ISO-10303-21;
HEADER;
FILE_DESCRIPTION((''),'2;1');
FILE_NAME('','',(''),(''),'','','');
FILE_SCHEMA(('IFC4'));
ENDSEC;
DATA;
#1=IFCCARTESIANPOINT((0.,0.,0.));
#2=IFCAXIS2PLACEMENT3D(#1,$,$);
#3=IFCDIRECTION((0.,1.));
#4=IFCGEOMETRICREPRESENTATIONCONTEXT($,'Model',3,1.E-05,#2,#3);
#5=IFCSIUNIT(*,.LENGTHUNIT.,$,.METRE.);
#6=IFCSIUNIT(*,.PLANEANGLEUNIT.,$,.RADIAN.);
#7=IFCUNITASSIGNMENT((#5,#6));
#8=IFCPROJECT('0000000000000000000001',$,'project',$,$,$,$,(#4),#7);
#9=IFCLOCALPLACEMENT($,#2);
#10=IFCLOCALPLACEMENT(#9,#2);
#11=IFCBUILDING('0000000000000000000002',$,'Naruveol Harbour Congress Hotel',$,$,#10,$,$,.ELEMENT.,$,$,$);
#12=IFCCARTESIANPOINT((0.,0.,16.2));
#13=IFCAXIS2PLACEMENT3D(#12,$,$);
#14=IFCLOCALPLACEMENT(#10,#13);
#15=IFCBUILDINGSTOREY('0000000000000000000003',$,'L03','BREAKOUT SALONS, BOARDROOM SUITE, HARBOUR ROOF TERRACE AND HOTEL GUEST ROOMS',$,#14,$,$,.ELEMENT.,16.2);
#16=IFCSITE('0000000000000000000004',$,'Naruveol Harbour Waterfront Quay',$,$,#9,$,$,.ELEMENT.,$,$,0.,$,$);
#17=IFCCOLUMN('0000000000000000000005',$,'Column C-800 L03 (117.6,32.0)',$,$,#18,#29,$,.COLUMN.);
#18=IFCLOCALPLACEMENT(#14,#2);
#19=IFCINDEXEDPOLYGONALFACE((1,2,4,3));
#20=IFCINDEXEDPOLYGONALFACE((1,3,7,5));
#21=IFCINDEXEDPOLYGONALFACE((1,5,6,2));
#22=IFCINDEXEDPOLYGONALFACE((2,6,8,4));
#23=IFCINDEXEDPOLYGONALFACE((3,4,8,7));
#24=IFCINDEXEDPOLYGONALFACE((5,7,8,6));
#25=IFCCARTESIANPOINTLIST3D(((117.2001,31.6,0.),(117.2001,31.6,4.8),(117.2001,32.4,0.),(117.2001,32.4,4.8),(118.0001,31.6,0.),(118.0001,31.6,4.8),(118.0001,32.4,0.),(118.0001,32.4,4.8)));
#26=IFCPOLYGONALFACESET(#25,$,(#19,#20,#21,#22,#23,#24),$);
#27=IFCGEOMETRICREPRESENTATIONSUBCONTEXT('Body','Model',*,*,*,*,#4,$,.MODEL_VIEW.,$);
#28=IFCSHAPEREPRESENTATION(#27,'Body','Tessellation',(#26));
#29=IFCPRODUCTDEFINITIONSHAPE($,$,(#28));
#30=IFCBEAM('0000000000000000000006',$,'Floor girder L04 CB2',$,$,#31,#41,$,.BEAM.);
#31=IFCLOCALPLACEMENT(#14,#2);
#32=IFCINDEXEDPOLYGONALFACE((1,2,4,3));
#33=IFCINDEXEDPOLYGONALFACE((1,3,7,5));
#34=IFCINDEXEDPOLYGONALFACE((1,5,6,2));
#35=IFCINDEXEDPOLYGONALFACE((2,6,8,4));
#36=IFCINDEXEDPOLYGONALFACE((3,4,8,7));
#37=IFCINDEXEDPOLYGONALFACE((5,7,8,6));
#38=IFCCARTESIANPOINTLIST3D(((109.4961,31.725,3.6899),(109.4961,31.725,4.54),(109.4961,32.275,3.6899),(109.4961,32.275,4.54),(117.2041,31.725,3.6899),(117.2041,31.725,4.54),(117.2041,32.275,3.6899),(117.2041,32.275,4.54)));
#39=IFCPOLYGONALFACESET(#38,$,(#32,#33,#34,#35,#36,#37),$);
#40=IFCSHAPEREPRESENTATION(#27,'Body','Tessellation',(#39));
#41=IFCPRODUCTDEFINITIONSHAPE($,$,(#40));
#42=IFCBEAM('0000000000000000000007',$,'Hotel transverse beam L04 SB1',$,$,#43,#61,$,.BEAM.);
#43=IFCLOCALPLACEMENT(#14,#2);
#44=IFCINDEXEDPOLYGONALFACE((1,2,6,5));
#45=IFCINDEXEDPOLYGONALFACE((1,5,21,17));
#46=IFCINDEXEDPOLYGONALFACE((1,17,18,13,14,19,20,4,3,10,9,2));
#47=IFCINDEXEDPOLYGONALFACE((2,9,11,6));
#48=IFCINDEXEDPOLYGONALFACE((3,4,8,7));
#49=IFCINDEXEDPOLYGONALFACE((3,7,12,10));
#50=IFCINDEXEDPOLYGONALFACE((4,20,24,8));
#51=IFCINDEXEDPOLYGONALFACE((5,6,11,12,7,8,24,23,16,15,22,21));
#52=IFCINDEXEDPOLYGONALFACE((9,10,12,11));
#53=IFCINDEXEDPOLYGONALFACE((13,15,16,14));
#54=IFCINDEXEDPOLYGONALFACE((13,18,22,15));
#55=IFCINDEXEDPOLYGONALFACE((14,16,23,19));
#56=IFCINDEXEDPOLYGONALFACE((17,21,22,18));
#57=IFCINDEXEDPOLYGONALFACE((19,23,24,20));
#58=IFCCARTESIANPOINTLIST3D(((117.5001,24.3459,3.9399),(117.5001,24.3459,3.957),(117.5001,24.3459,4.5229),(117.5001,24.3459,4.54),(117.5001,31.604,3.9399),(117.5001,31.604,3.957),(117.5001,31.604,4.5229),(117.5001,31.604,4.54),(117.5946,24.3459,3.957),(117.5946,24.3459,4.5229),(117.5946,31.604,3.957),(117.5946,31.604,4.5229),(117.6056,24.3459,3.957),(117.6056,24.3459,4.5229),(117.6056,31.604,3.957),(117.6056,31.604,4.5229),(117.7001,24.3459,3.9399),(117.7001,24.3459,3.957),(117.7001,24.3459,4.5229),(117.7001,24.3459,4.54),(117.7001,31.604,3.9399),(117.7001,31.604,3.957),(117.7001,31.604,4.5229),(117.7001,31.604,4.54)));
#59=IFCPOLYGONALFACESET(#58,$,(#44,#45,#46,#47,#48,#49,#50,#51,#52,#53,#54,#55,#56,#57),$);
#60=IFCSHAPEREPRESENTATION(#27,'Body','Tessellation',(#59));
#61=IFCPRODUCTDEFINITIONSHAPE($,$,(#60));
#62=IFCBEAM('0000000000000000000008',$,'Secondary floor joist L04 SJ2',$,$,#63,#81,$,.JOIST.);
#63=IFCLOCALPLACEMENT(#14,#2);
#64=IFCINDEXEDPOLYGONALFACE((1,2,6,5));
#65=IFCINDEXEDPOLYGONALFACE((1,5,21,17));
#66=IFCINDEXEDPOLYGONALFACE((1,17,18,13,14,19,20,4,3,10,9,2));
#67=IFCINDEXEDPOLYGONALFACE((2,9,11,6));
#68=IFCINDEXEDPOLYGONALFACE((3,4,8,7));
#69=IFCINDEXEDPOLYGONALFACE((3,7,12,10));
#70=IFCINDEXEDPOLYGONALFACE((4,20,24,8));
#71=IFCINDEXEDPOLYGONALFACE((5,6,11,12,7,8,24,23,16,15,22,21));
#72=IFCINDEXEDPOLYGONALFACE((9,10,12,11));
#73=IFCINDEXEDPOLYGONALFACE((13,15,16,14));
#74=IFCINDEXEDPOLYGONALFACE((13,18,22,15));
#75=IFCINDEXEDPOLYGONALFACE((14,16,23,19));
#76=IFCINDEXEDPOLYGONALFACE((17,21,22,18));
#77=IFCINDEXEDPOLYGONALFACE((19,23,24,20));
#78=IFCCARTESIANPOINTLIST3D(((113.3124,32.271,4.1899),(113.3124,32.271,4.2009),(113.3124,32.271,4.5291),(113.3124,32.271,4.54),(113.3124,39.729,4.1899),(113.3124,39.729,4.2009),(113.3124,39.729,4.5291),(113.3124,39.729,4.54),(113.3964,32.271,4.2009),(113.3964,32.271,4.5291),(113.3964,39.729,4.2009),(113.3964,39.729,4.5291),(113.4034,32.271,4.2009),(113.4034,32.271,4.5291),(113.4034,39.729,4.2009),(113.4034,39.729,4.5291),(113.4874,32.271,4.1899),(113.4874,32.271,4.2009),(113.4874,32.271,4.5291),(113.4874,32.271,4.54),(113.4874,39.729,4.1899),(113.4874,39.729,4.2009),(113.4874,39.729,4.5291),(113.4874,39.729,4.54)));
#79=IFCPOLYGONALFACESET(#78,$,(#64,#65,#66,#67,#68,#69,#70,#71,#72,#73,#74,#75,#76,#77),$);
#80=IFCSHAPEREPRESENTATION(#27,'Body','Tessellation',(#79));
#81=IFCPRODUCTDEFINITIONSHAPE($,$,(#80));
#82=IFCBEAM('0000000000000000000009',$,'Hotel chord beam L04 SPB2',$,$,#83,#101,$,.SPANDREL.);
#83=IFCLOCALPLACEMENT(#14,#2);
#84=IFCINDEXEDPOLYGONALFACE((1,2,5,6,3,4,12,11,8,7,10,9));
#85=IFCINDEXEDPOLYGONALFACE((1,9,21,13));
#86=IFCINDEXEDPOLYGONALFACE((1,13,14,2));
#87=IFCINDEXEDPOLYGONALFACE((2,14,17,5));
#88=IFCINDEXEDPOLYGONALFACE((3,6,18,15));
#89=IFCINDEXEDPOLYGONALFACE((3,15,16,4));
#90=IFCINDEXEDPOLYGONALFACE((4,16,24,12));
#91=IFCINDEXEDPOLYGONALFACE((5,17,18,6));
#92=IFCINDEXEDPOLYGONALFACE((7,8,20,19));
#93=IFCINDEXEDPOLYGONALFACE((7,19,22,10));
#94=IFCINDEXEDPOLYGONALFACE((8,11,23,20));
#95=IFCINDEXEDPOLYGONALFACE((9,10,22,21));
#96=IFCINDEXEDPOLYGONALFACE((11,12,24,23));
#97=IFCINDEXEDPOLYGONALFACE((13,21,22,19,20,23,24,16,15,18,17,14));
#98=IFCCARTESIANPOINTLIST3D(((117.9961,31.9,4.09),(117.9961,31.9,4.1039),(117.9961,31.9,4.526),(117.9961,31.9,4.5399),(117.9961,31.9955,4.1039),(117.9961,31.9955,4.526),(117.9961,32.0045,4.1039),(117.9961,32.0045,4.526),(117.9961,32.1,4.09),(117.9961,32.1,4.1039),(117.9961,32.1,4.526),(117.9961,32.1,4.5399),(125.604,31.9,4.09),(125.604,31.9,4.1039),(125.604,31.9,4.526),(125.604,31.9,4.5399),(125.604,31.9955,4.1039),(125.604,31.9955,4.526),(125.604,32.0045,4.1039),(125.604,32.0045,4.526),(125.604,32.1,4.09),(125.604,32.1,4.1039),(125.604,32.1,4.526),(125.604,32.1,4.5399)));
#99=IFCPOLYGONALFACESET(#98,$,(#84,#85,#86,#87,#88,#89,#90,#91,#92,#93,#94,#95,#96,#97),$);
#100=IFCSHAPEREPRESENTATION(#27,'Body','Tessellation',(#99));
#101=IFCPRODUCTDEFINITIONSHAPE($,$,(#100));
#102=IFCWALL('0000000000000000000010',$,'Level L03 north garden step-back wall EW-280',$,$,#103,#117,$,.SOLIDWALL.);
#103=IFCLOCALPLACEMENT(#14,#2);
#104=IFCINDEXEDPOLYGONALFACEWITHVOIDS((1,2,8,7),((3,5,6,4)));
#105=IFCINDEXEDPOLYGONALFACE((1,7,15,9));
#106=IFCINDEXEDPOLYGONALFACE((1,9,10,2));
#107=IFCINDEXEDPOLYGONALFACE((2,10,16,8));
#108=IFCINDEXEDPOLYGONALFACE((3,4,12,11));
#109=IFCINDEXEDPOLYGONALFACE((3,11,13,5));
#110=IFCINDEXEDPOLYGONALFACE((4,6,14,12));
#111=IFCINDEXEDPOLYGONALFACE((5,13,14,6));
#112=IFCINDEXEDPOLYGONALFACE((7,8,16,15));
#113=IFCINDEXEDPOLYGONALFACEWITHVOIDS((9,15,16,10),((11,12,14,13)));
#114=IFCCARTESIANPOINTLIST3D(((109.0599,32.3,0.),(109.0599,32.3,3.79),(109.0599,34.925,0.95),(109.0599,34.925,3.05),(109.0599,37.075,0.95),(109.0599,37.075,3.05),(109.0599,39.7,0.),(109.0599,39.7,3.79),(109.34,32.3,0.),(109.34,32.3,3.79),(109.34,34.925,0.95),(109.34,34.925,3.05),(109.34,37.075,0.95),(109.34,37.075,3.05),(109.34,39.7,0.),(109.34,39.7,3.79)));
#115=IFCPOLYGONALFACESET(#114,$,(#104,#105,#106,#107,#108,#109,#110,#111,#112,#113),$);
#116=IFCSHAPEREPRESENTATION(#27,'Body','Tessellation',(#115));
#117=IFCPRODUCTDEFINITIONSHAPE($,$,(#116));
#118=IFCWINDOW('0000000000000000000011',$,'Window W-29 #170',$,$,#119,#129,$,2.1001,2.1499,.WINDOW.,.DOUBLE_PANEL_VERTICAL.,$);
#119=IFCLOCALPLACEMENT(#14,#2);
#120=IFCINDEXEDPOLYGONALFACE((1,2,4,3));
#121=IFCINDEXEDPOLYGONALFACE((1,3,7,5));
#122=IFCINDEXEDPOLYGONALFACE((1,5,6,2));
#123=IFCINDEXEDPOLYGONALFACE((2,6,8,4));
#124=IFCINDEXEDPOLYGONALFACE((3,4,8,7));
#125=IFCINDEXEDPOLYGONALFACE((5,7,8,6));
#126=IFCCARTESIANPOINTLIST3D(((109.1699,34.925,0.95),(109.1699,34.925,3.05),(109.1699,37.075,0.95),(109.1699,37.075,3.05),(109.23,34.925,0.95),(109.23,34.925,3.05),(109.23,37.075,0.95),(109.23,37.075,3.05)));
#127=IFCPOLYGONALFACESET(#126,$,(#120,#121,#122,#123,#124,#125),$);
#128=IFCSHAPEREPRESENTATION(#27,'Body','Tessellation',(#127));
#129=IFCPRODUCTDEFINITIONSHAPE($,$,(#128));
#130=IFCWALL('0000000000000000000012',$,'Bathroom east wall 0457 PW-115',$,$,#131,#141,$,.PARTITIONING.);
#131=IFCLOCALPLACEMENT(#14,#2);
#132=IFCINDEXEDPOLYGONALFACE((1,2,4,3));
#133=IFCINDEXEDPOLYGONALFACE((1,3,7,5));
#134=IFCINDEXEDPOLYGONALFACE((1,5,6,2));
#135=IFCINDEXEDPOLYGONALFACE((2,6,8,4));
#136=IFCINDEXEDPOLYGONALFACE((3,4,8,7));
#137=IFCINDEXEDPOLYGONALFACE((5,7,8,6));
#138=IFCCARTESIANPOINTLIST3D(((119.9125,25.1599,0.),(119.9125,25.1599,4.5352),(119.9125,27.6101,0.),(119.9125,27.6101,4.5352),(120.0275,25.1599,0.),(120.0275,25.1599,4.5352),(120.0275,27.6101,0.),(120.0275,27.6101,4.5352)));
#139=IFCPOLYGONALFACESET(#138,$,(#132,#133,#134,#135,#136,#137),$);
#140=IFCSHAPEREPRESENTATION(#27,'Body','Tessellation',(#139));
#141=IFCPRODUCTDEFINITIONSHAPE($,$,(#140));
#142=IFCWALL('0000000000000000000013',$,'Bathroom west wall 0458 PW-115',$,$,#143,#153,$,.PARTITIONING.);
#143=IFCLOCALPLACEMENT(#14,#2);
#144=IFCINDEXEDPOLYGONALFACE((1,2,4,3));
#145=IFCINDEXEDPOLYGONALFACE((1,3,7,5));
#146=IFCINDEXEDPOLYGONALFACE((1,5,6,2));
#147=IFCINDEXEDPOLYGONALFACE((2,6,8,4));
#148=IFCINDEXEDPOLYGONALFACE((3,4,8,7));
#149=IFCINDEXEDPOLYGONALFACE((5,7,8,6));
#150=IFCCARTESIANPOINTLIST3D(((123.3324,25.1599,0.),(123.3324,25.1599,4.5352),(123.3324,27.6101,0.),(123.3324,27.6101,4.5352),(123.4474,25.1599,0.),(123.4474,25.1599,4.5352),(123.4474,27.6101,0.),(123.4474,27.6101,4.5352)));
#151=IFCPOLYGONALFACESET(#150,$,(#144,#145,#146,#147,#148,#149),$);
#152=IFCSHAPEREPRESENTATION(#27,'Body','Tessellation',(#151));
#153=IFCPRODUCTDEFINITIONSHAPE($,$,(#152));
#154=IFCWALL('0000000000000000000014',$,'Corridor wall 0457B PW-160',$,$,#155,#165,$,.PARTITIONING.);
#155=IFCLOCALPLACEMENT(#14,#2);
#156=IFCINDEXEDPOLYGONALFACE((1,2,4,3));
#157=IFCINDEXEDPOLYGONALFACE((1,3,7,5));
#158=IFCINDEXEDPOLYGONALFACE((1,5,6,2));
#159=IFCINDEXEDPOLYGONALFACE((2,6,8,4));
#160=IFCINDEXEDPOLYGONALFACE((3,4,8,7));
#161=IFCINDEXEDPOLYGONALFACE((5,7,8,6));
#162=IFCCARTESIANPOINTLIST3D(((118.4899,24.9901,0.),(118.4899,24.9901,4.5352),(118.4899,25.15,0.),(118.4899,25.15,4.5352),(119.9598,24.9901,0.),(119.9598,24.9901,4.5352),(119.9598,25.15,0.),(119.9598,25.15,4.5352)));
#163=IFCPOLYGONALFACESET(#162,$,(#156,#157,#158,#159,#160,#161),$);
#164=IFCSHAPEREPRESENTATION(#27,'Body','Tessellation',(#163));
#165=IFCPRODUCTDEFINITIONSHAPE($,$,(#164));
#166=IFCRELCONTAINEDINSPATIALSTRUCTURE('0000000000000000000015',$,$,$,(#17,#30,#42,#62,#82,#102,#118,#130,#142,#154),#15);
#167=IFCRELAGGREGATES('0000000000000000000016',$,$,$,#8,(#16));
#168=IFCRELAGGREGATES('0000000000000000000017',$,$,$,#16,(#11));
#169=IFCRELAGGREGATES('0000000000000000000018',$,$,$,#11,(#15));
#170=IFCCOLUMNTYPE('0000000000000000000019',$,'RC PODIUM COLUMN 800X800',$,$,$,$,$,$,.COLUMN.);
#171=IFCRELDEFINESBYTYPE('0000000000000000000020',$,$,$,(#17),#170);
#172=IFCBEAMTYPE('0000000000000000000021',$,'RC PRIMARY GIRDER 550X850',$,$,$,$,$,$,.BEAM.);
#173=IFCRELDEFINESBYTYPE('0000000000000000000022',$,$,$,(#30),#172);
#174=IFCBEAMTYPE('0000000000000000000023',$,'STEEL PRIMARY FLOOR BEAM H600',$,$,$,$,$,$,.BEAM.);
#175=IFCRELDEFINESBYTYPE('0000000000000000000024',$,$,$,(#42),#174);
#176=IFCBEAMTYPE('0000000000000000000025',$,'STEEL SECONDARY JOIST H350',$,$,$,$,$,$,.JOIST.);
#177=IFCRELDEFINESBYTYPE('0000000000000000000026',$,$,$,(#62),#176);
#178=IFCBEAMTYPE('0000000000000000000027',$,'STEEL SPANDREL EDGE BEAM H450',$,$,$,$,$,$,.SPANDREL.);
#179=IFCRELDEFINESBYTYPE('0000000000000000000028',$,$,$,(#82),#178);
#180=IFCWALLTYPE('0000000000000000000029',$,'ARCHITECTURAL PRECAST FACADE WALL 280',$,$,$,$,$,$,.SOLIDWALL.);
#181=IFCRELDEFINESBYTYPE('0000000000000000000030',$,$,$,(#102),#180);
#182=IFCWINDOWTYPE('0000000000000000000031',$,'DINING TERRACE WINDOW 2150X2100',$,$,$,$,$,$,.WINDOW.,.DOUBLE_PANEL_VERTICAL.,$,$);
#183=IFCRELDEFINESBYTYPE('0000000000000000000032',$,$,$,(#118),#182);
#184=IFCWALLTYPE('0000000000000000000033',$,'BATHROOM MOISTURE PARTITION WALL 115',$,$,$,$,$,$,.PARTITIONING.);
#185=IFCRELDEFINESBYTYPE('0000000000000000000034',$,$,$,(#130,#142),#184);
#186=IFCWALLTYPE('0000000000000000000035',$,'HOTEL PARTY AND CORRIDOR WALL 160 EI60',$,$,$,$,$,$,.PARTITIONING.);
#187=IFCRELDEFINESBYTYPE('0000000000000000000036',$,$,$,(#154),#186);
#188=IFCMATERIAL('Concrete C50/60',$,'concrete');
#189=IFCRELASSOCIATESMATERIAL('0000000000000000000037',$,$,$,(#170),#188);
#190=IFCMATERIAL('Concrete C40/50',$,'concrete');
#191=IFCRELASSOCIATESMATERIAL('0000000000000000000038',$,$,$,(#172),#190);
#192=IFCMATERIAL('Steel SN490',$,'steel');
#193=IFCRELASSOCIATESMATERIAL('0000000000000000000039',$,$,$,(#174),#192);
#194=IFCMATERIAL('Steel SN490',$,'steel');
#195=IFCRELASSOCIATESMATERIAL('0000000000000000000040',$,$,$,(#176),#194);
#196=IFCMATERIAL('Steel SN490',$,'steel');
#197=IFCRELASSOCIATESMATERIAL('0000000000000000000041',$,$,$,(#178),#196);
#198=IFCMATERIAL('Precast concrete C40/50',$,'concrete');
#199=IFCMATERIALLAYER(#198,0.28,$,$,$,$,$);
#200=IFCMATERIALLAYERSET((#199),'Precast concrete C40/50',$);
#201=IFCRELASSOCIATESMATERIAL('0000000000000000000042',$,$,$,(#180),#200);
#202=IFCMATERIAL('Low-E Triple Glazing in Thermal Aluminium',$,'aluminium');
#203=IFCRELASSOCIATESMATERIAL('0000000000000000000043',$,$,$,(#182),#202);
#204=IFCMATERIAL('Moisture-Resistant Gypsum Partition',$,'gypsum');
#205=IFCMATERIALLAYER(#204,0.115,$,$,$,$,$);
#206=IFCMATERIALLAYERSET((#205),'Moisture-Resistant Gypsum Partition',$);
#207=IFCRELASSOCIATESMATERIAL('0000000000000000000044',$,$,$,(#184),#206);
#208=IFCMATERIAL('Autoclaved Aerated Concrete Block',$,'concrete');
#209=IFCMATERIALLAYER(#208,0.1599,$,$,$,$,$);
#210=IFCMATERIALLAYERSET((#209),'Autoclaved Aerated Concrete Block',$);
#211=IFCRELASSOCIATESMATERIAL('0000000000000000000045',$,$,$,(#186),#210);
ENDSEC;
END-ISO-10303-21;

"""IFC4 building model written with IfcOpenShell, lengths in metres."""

from ifc_helpers import new_model, si_unit, direction, frame, frame_2d, origin, origin_2d, place, context, subcontext, project, spatial, rectangle, i_section, extrude, material, layer, layer_set, material_profile, profile_set, type_object, element, fill, save


model = new_model("IFC4")

# Units and contexts
model_context = context("Model", 3, precision=1e-05, world=origin(), true_north=direction((0.0, 1.0)))
body_context = subcontext(model_context, "Body", "Model", "MODEL_VIEW")
ifc_project = project(units=[si_unit("LENGTHUNIT", "METRE"), si_unit("PLANEANGLEUNIT", "RADIAN")], contexts=[model_context])

# Site, building, storey
site_placement = place(None, origin())
site = spatial("IfcSite", under=ifc_project, at=site_placement, Name="Naruveol Harbour Waterfront Quay", CompositionType="ELEMENT", RefElevation=0.0)
building_placement = place(site_placement, origin())
building = spatial("IfcBuilding", under=site, at=building_placement, Name="Naruveol Harbour Congress Hotel", CompositionType="ELEMENT")
storey_placement = place(building_placement, frame((0.0, 0.0, 16.2)))
storey = spatial("IfcBuildingStorey", under=building, at=storey_placement, Name="L03", Description="BREAKOUT SALONS, BOARDROOM SUITE, HARBOUR ROOF TERRACE AND HOTEL GUEST ROOMS", CompositionType="ELEMENT", Elevation=16.2)

# Column
ifc_material_1 = material(Name="Concrete C50/60", Category="concrete")
ifc_material_profile_1 = material_profile(ifc_material_1, rectangle(XDim=0.8, YDim=0.8, at=origin_2d()), Name="RC-800x800")
ifc_profile_set_1 = profile_set([ifc_material_profile_1], Name="Concrete C50/60")
column_type = type_object("IfcColumnType", Name="RC PODIUM COLUMN 800X800", PredefinedType="COLUMN", material=ifc_profile_set_1)
column_placement = place(storey_placement, frame((117.6001, 32.0, 0.0), z_axis=(0.0, 0.0, 1.0), x_axis=(1.0, 0.0, 0.0)))
element("IfcColumn", 1, at=column_placement, inside=storey, type_object=column_type, Name="Column C-800 L03 (117.6,32.0)", PredefinedType="COLUMN", context=body_context, shape_type="SweptSolid", body=[
    extrude(rectangle(XDim=0.8, YDim=0.8, at=origin_2d()), origin(), (0.0, 0.0, 1.0), 4.8),
])

# Beams
ifc_material_2 = material(Name="Concrete C40/50", Category="concrete")
ifc_material_profile_2 = material_profile(ifc_material_2, rectangle(XDim=0.55, YDim=0.8501, at=origin_2d()), Name="RCB-550x850")
ifc_profile_set_2 = profile_set([ifc_material_profile_2], Name="Concrete C40/50")
beam_type_1 = type_object("IfcBeamType", Name="RC PRIMARY GIRDER 550X850", PredefinedType="BEAM", material=ifc_profile_set_2)
beam_1_placement = place(storey_placement, frame((109.4961, 32.0, 4.115), z_axis=(1.0, 0.0, 0.0), x_axis=(0.0, 1.0, 0.0)))
element("IfcBeam", 2, at=beam_1_placement, inside=storey, type_object=beam_type_1, Name="Floor girder L04 CB2", PredefinedType="BEAM", context=body_context, shape_type="SweptSolid", body=[
    extrude(rectangle(XDim=0.55, YDim=0.8501, at=origin_2d()), origin(), (0.0, 0.0, 1.0), 7.708),
])
ifc_material_3 = material(Name="Steel SN490", Category="steel")
ifc_material_profile_3 = material_profile(ifc_material_3, i_section(OverallWidth=0.2, OverallDepth=0.6001, WebThickness=0.011, FlangeThickness=0.0171, at=origin_2d()), Name="H-600x200x11x17")
ifc_profile_set_3 = profile_set([ifc_material_profile_3], Name="Steel SN490")
beam_type_2 = type_object("IfcBeamType", Name="STEEL PRIMARY FLOOR BEAM H600", PredefinedType="BEAM", material=ifc_profile_set_3)
beam_2_placement = place(storey_placement, frame((117.6001, 24.3459, 4.24), z_axis=(0.0, 1.0, 0.0), x_axis=(-1.0, 0.0, 0.0)))
element("IfcBeam", 3, at=beam_2_placement, inside=storey, type_object=beam_type_2, Name="Hotel transverse beam L04 SB1", PredefinedType="BEAM", context=body_context, shape_type="SweptSolid", body=[
    extrude(i_section(OverallWidth=0.2, OverallDepth=0.6001, WebThickness=0.011, FlangeThickness=0.0171, at=origin_2d()), origin(), (0.0, 0.0, 1.0), 7.2581),
])
ifc_material_4 = material(Name="Steel SN490", Category="steel")
ifc_material_profile_4 = material_profile(ifc_material_4, i_section(OverallWidth=0.175, OverallDepth=0.3501, WebThickness=0.0071, FlangeThickness=0.011, at=origin_2d()), Name="H-350x175x7x11")
ifc_profile_set_4 = profile_set([ifc_material_profile_4], Name="Steel SN490")
beam_type_3 = type_object("IfcBeamType", Name="STEEL SECONDARY JOIST H350", PredefinedType="JOIST", material=ifc_profile_set_4)
beam_3_placement = place(storey_placement, frame((113.3999, 32.271, 4.365), z_axis=(0.0, 1.0, 0.0), x_axis=(-1.0, 0.0, 0.0)))
element("IfcBeam", 4, at=beam_3_placement, inside=storey, type_object=beam_type_3, Name="Secondary floor joist L04 SJ2", PredefinedType="JOIST", context=body_context, shape_type="SweptSolid", body=[
    extrude(i_section(OverallWidth=0.175, OverallDepth=0.3501, WebThickness=0.0071, FlangeThickness=0.011, at=origin_2d()), origin(), (0.0, 0.0, 1.0), 7.458),
])
ifc_material_5 = material(Name="Steel SN490", Category="steel")
ifc_material_profile_5 = material_profile(ifc_material_5, i_section(OverallWidth=0.2, OverallDepth=0.45, WebThickness=0.009, FlangeThickness=0.0139, at=origin_2d()), Name="H-450x200x9x14")
ifc_profile_set_5 = profile_set([ifc_material_profile_5], Name="Steel SN490")
beam_type_4 = type_object("IfcBeamType", Name="STEEL SPANDREL EDGE BEAM H450", PredefinedType="SPANDREL", material=ifc_profile_set_5)
beam_4_placement = place(storey_placement, frame((117.9961, 32.0, 4.3149), z_axis=(1.0, 0.0, 0.0), x_axis=(0.0, 1.0, 0.0)))
element("IfcBeam", 5, at=beam_4_placement, inside=storey, type_object=beam_type_4, Name="Hotel chord beam L04 SPB2", PredefinedType="SPANDREL", context=body_context, shape_type="SweptSolid", body=[
    extrude(i_section(OverallWidth=0.2, OverallDepth=0.45, WebThickness=0.009, FlangeThickness=0.0139, at=origin_2d()), origin(), (0.0, 0.0, 1.0), 7.6079),
])

# Wall, opening, window
ifc_material_6 = material(Name="Precast concrete C40/50", Category="concrete")
ifc_layer_1 = layer(ifc_material_6, 0.28)
ifc_layer_set_1 = layer_set([ifc_layer_1], Name="Precast concrete C40/50")
wall_type_1 = type_object("IfcWallType", Name="ARCHITECTURAL PRECAST FACADE WALL 280", PredefinedType="SOLIDWALL", material=ifc_layer_set_1)
wall_1_placement = place(storey_placement, frame((109.2, 32.3, 0.0), z_axis=(0.0, 0.0, 1.0), x_axis=(0.0, 1.0, 0.0)))
wall_1 = element("IfcWall", 6, at=wall_1_placement, inside=storey, type_object=wall_type_1, Name="Level L03 north garden step-back wall EW-280", PredefinedType="SOLIDWALL", context=body_context, shape_type="SweptSolid", body=[
    extrude(rectangle(XDim=7.3999, YDim=0.28, at=frame_2d((3.7, 0.0))), origin(), (0.0, 0.0, 1.0), 3.79),
])
opening_1_placement = place(wall_1_placement, frame((2.625, 0.0, 0.95)))
opening_1 = element("IfcOpeningElement", 7, at=opening_1_placement, cuts=wall_1, PredefinedType="OPENING", context=body_context, shape_type="SweptSolid", body=[
    extrude(rectangle(XDim=2.1499, YDim=2.1001, at=frame_2d((1.075, 1.05))), frame((0.0, 0.1499, 0.0), z_axis=(0.0, -1.0, 0.0), x_axis=(1.0, 0.0, 0.0)), (0.0, 0.0, 1.0), 0.3),
])
ifc_material_7 = material(Name="Low-E Triple Glazing in Thermal Aluminium", Category="aluminium")
window_type_1 = type_object("IfcWindowType", Name="DINING TERRACE WINDOW 2150X2100", PartitioningType="DOUBLE_PANEL_VERTICAL", PredefinedType="WINDOW", material=ifc_material_7)
window_1_placement = place(opening_1_placement, origin())
window_1 = element("IfcWindow", 8, at=window_1_placement, inside=storey, type_object=window_type_1, Name="Window W-29 #170", OverallHeight=2.1001, OverallWidth=2.1499, PartitioningType="DOUBLE_PANEL_VERTICAL", PredefinedType="WINDOW", context=body_context, shape_type="SweptSolid", body=[
    extrude(rectangle(XDim=2.1499, YDim=2.1001, at=frame_2d((1.075, 1.05))), frame((0.0, 0.03, 0.0), z_axis=(0.0, -1.0, 0.0), x_axis=(1.0, 0.0, 0.0)), (0.0, 0.0, 1.0), 0.0601),
])
fill(opening_1, window_1)

# Wall
ifc_material_8 = material(Name="Moisture-Resistant Gypsum Partition", Category="gypsum")
ifc_layer_2 = layer(ifc_material_8, 0.115)
ifc_layer_set_2 = layer_set([ifc_layer_2], Name="Moisture-Resistant Gypsum Partition")
wall_type_2 = type_object("IfcWallType", Name="BATHROOM MOISTURE PARTITION WALL 115", PredefinedType="PARTITIONING", material=ifc_layer_set_2)
wall_2_placement = place(storey_placement, frame((119.97, 25.1599, 0.0), z_axis=(0.0, 0.0, 1.0), x_axis=(0.0, 1.0, 0.0)))
element("IfcWall", 9, at=wall_2_placement, inside=storey, type_object=wall_type_2, Name="Bathroom east wall 0457 PW-115", PredefinedType="PARTITIONING", context=body_context, shape_type="SweptSolid", body=[
    extrude(rectangle(XDim=2.4502, YDim=0.115, at=frame_2d((1.2251, 0.0))), origin(), (0.0, 0.0, 1.0), 4.5352),
])

# Wall
wall_3_placement = place(storey_placement, frame((123.3899, 25.1599, 0.0), z_axis=(0.0, 0.0, 1.0), x_axis=(0.0, 1.0, 0.0)))
element("IfcWall", 10, at=wall_3_placement, inside=storey, type_object=wall_type_2, Name="Bathroom west wall 0458 PW-115", PredefinedType="PARTITIONING", context=body_context, shape_type="SweptSolid", body=[
    extrude(rectangle(XDim=2.4502, YDim=0.115, at=frame_2d((1.2251, 0.0))), origin(), (0.0, 0.0, 1.0), 4.5352),
])

# Wall
ifc_material_9 = material(Name="Autoclaved Aerated Concrete Block", Category="concrete")
ifc_layer_3 = layer(ifc_material_9, 0.1599)
ifc_layer_set_3 = layer_set([ifc_layer_3], Name="Autoclaved Aerated Concrete Block")
wall_type_3 = type_object("IfcWallType", Name="HOTEL PARTY AND CORRIDOR WALL 160 EI60", PredefinedType="PARTITIONING", material=ifc_layer_set_3)
wall_4_placement = place(storey_placement, frame((118.49, 25.0701, 0.0), z_axis=(0.0, 0.0, 1.0), x_axis=(1.0, 0.0, 0.0)))
element("IfcWall", 11, at=wall_4_placement, inside=storey, type_object=wall_type_3, Name="Corridor wall 0457B PW-160", PredefinedType="PARTITIONING", context=body_context, shape_type="SweptSolid", body=[
    extrude(rectangle(XDim=1.47, YDim=0.1599, at=frame_2d((0.7349, 0.0))), origin(), (0.0, 0.0, 1.0), 4.5352),
])

save(model, "model.ifc")
